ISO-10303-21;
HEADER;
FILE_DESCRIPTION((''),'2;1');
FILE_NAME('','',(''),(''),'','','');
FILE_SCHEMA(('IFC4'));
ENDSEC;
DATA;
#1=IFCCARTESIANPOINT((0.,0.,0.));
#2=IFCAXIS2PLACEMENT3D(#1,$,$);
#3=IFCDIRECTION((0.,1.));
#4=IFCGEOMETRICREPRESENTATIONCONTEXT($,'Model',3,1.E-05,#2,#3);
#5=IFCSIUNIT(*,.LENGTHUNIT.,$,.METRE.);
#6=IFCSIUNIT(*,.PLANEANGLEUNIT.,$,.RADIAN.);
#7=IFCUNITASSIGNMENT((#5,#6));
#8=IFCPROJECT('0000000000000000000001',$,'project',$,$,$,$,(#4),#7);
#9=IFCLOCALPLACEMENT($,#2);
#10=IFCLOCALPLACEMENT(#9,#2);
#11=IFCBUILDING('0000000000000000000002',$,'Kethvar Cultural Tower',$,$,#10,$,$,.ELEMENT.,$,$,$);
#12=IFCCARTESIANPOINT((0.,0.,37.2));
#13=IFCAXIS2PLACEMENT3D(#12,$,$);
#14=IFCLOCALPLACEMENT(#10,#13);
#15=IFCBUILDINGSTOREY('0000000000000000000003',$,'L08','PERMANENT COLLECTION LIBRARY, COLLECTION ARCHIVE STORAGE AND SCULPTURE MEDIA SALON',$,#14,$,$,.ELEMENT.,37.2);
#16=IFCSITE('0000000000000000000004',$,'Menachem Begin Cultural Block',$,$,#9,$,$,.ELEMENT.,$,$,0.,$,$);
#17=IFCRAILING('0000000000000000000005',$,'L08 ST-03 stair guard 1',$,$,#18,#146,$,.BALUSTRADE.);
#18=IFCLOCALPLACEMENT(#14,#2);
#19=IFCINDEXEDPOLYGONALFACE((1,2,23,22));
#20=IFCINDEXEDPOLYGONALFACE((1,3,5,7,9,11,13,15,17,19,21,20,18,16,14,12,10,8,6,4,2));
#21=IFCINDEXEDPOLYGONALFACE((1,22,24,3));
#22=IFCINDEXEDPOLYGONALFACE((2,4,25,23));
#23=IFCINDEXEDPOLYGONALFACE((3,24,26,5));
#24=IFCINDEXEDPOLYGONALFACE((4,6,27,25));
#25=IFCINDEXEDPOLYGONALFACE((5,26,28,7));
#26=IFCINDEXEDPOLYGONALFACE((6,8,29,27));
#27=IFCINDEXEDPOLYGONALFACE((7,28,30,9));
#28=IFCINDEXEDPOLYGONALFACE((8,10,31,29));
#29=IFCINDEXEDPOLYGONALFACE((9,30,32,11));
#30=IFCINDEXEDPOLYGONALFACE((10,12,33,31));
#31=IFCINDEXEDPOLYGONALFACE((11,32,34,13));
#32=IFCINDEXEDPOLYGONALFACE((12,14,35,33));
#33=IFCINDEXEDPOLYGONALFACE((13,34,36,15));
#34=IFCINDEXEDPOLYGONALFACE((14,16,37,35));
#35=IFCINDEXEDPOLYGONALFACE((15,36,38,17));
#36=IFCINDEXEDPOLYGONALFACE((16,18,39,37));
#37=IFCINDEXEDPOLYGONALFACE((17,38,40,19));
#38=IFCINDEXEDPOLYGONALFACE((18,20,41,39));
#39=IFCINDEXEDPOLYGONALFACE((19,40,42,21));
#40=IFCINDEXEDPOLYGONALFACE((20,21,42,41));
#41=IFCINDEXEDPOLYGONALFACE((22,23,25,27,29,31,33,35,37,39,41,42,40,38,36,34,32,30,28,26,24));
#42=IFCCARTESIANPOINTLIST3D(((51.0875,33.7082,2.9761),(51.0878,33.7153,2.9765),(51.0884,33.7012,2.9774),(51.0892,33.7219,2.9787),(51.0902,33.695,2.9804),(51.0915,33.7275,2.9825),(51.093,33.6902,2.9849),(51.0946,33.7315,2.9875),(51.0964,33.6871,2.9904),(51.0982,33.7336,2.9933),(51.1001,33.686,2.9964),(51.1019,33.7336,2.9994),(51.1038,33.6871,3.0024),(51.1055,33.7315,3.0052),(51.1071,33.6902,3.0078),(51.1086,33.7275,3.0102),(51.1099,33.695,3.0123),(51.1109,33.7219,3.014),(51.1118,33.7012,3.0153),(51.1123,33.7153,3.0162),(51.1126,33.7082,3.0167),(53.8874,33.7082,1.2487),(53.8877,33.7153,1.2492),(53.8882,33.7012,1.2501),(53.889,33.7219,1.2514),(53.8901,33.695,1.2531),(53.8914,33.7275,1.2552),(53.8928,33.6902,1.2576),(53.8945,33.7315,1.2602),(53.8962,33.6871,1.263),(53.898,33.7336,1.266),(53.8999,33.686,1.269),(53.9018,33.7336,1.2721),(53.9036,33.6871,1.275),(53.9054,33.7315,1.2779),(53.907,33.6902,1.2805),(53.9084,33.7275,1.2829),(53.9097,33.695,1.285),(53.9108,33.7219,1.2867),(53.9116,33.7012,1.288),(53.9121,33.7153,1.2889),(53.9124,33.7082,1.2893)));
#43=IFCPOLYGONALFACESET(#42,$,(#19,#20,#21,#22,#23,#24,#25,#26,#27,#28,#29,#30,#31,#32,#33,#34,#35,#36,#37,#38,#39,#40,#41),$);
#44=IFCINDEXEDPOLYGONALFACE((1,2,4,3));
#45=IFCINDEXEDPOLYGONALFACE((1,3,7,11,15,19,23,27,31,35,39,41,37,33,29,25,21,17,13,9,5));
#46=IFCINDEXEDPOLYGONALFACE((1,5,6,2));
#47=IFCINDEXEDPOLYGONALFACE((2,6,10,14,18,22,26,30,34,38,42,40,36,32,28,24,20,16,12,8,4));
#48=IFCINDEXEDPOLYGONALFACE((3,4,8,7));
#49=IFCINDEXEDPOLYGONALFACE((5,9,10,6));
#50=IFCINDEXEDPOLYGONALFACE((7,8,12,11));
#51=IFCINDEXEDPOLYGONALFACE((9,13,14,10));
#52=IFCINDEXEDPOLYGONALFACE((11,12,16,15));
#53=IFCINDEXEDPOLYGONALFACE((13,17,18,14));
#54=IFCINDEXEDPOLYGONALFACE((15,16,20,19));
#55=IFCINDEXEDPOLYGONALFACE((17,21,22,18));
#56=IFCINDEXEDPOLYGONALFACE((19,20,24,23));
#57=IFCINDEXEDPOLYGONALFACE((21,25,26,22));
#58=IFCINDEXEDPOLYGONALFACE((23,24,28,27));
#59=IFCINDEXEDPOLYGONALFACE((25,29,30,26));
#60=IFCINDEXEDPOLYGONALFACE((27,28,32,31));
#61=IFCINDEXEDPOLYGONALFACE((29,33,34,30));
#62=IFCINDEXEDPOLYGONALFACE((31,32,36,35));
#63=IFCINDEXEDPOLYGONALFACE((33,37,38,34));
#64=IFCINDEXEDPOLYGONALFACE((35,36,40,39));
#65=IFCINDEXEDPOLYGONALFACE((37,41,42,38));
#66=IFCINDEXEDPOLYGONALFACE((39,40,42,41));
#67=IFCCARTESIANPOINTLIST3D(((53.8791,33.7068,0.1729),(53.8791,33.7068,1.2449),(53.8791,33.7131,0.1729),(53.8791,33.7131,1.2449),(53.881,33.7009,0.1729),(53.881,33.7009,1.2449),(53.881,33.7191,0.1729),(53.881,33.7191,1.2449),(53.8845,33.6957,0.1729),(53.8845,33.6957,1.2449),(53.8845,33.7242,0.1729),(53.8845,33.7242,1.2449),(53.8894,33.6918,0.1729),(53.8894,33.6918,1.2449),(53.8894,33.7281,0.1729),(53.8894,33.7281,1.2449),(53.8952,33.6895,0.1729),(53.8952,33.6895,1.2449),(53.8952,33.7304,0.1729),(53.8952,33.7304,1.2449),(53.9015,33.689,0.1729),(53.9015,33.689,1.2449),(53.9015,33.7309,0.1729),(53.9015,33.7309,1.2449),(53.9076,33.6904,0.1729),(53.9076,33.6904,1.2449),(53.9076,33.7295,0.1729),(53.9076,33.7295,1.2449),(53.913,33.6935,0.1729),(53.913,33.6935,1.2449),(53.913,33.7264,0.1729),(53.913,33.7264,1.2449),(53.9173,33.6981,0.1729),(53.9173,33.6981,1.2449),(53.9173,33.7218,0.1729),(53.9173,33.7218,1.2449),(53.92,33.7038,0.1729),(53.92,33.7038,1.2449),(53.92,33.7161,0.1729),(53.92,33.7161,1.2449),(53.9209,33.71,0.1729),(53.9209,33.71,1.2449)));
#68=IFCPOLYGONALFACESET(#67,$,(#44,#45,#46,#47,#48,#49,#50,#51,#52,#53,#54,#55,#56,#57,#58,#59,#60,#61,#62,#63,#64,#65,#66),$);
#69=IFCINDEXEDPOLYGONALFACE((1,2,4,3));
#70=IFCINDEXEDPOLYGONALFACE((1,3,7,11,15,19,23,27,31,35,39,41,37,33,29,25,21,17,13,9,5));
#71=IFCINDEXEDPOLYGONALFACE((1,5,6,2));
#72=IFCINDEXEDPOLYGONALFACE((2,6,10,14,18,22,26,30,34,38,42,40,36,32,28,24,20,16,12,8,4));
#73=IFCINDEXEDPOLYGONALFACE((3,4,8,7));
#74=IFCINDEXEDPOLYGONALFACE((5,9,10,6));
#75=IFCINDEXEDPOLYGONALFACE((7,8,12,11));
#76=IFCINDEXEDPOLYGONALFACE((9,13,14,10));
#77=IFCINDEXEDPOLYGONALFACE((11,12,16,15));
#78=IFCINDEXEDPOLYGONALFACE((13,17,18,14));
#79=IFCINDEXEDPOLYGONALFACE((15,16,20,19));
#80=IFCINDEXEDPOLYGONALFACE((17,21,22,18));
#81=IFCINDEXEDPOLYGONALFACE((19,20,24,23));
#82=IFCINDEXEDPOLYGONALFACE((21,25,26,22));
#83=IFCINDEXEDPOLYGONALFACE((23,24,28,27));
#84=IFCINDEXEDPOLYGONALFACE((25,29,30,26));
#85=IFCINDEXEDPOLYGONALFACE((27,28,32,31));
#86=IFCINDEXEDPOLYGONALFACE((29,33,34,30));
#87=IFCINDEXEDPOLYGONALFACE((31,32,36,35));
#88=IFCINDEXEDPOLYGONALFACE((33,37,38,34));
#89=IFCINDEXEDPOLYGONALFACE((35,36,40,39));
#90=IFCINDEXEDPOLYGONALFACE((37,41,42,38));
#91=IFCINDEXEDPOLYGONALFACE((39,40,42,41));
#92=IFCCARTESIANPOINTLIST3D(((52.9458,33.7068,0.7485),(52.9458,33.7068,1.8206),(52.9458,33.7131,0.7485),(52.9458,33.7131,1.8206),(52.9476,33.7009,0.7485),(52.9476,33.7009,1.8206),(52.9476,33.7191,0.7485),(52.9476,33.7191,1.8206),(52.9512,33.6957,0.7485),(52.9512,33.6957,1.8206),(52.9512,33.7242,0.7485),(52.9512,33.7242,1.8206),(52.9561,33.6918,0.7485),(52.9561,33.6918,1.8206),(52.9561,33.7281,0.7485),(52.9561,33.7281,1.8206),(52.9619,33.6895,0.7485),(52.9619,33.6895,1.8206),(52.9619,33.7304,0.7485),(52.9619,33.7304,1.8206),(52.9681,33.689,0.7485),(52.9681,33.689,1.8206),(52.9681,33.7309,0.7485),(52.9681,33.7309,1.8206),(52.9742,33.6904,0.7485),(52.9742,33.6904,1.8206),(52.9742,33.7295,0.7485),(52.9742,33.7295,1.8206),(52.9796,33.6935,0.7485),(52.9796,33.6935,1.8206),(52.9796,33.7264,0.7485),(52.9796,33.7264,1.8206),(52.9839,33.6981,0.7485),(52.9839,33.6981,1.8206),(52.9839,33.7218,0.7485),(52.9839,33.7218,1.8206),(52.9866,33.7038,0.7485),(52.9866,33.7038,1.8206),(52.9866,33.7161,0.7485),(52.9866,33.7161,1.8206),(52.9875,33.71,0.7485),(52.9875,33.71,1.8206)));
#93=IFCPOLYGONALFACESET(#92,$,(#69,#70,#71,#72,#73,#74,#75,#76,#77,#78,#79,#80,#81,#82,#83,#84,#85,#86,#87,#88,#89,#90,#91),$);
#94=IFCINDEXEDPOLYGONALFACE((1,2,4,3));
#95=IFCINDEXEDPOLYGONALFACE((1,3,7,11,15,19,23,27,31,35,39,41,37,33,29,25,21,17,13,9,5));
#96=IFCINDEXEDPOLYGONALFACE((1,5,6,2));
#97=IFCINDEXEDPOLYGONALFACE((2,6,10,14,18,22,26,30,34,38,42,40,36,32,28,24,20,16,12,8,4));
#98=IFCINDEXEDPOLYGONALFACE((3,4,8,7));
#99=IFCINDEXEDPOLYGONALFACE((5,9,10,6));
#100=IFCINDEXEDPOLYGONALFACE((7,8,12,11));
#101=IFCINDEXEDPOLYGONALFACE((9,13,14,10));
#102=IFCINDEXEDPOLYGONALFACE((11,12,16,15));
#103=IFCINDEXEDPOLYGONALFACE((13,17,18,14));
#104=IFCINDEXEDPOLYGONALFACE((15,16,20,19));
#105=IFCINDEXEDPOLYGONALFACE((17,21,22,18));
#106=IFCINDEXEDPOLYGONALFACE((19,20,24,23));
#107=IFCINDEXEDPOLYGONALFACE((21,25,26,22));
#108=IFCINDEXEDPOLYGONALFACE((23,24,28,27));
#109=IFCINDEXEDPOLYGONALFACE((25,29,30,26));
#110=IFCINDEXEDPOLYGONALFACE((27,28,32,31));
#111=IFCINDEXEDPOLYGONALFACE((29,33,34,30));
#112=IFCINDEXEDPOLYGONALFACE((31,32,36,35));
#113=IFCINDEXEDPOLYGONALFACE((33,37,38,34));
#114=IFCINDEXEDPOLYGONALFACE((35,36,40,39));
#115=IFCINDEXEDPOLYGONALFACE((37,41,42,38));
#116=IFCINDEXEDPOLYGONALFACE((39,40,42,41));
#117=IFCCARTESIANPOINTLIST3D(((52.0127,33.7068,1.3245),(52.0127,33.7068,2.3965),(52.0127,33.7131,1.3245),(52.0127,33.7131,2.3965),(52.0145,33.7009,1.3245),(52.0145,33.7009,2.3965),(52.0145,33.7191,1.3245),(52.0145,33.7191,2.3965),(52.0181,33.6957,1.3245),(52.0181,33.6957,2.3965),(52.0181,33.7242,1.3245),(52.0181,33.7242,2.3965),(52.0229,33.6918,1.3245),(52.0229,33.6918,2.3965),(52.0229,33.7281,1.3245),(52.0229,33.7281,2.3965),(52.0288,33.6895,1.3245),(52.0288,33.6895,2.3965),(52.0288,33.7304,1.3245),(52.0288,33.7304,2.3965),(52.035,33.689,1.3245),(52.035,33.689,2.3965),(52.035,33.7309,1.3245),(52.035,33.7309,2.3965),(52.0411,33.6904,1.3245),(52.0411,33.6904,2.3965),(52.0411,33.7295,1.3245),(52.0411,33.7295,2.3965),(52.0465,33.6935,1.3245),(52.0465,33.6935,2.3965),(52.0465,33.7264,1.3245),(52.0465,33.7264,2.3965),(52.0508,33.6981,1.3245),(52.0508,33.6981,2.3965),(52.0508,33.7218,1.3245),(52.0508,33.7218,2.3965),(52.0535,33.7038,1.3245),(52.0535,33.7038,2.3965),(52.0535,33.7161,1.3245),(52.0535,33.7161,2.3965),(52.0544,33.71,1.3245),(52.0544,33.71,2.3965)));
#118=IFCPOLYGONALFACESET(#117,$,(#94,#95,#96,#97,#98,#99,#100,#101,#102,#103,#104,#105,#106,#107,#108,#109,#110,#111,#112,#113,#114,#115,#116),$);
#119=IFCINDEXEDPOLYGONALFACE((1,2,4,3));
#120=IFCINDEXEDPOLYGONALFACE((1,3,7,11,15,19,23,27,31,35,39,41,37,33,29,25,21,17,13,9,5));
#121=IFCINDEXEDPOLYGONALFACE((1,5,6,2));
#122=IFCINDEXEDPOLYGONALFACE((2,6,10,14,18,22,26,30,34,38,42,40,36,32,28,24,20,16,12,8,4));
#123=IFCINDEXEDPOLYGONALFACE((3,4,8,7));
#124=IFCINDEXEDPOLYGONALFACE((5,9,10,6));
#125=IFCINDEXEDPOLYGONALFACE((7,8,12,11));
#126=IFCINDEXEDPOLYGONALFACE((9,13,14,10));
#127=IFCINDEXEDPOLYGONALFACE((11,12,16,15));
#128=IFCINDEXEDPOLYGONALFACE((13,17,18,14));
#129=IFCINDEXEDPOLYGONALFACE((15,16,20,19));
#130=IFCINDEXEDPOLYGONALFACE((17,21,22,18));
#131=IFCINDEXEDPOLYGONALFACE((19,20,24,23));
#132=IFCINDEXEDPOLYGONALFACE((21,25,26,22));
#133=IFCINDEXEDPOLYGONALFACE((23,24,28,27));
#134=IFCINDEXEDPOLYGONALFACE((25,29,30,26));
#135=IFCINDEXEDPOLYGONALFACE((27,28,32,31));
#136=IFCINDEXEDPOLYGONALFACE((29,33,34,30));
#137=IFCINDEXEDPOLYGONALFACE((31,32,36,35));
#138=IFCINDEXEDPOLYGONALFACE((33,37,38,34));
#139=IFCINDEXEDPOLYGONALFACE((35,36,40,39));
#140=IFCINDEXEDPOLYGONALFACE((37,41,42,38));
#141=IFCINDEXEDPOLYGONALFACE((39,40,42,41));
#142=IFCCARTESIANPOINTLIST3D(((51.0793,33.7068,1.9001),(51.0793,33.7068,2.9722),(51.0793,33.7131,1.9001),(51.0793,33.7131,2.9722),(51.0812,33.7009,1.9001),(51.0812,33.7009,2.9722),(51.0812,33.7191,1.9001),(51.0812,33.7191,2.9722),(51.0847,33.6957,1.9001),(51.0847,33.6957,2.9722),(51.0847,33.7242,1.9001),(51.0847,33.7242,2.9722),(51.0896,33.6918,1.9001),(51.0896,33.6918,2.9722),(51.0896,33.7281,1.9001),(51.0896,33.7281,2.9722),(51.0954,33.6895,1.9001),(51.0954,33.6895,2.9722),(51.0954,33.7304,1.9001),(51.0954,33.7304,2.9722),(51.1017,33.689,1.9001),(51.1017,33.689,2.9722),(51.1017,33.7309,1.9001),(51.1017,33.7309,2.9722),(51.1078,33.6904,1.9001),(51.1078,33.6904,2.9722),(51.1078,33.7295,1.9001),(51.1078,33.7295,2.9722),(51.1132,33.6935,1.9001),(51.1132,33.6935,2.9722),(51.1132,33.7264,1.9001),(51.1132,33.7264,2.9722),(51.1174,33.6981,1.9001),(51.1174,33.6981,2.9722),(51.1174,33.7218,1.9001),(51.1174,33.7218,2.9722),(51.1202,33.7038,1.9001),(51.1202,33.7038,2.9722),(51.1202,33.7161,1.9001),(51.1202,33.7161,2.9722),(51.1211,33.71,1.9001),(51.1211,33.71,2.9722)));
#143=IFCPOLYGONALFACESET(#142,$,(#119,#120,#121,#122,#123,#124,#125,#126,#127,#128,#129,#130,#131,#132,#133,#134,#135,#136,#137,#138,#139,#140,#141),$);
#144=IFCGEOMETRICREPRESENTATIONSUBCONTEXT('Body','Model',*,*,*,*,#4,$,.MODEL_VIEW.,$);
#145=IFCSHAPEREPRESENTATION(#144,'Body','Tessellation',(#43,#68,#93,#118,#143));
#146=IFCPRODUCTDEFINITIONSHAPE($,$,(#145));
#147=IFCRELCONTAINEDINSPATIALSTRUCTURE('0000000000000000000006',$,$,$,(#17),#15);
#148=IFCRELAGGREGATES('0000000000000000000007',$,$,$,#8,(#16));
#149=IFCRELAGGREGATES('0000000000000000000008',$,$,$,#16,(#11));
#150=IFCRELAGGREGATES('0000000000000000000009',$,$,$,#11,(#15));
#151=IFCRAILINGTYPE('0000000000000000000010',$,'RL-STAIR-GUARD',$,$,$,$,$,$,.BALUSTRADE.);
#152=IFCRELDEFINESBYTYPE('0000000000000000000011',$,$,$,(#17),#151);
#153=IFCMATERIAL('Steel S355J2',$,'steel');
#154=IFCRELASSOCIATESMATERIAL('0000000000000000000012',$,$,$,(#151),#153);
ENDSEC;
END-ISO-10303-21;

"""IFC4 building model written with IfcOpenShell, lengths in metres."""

from ifc_helpers import new_model, si_unit, direction, frame, origin, origin_2d, place, context, subcontext, project, spatial, circle, extrude, material, type_object, element, save


model = new_model("IFC4")

# Units and contexts
model_context = context("Model", 3, precision=1e-05, world=origin(), true_north=direction((0.0, 1.0)))
body_context = subcontext(model_context, "Body", "Model", "MODEL_VIEW")
ifc_project = project(units=[si_unit("LENGTHUNIT", "METRE"), si_unit("PLANEANGLEUNIT", "RADIAN")], contexts=[model_context])

# Site, building, storey
site_placement = place(None, origin())
site = spatial("IfcSite", under=ifc_project, at=site_placement, Name="Menachem Begin Cultural Block", CompositionType="ELEMENT", RefElevation=0.0)
building_placement = place(site_placement, origin())
building = spatial("IfcBuilding", under=site, at=building_placement, Name="Kethvar Cultural Tower", CompositionType="ELEMENT")
storey_placement = place(building_placement, frame((0.0, 0.0, 37.2)))
storey = spatial("IfcBuildingStorey", under=building, at=storey_placement, Name="L08", Description="PERMANENT COLLECTION LIBRARY, COLLECTION ARCHIVE STORAGE AND SCULPTURE MEDIA SALON", CompositionType="ELEMENT", Elevation=37.2)

# Shared definitions
ifc_material_1 = material(Name="Steel S355J2", Category="steel")

# Railing
railing_type_1 = type_object("IfcRailingType", Name="RL-STAIR-GUARD", PredefinedType="BALUSTRADE", material=ifc_material_1)
railing_1_placement = place(storey_placement, frame((53.8999, 33.71, 0.1729)))
element("IfcRailing", 1, at=railing_1_placement, inside=storey, type_object=railing_type_1, Name="L08 ST-03 stair guard 1", PredefinedType="BALUSTRADE", context=body_context, shape_type="SweptSolid", body=[
    extrude(circle(Radius=0.0239, at=origin_2d()), frame((0.0, 0.0, 1.0962), z_axis=(-0.851069, 0.0, 0.525054), x_axis=(0.0, -1.0, 0.0)), (0.0, 0.0, 1.0), 3.2898),
    extrude(circle(Radius=0.021, at=origin_2d()), origin(), (0.0, 0.0, 1.0), 1.072),
    extrude(circle(Radius=0.021, at=origin_2d()), frame((-0.9333, 0.0, 0.5757)), (0.0, 0.0, 1.0), 1.072),
    extrude(circle(Radius=0.021, at=origin_2d()), frame((-1.8665, 0.0, 1.1516)), (0.0, 0.0, 1.0), 1.072),
    extrude(circle(Radius=0.021, at=origin_2d()), frame((-2.7998, 0.0, 1.7273)), (0.0, 0.0, 1.0), 1.072),
])

save(model, "model.ifc")
